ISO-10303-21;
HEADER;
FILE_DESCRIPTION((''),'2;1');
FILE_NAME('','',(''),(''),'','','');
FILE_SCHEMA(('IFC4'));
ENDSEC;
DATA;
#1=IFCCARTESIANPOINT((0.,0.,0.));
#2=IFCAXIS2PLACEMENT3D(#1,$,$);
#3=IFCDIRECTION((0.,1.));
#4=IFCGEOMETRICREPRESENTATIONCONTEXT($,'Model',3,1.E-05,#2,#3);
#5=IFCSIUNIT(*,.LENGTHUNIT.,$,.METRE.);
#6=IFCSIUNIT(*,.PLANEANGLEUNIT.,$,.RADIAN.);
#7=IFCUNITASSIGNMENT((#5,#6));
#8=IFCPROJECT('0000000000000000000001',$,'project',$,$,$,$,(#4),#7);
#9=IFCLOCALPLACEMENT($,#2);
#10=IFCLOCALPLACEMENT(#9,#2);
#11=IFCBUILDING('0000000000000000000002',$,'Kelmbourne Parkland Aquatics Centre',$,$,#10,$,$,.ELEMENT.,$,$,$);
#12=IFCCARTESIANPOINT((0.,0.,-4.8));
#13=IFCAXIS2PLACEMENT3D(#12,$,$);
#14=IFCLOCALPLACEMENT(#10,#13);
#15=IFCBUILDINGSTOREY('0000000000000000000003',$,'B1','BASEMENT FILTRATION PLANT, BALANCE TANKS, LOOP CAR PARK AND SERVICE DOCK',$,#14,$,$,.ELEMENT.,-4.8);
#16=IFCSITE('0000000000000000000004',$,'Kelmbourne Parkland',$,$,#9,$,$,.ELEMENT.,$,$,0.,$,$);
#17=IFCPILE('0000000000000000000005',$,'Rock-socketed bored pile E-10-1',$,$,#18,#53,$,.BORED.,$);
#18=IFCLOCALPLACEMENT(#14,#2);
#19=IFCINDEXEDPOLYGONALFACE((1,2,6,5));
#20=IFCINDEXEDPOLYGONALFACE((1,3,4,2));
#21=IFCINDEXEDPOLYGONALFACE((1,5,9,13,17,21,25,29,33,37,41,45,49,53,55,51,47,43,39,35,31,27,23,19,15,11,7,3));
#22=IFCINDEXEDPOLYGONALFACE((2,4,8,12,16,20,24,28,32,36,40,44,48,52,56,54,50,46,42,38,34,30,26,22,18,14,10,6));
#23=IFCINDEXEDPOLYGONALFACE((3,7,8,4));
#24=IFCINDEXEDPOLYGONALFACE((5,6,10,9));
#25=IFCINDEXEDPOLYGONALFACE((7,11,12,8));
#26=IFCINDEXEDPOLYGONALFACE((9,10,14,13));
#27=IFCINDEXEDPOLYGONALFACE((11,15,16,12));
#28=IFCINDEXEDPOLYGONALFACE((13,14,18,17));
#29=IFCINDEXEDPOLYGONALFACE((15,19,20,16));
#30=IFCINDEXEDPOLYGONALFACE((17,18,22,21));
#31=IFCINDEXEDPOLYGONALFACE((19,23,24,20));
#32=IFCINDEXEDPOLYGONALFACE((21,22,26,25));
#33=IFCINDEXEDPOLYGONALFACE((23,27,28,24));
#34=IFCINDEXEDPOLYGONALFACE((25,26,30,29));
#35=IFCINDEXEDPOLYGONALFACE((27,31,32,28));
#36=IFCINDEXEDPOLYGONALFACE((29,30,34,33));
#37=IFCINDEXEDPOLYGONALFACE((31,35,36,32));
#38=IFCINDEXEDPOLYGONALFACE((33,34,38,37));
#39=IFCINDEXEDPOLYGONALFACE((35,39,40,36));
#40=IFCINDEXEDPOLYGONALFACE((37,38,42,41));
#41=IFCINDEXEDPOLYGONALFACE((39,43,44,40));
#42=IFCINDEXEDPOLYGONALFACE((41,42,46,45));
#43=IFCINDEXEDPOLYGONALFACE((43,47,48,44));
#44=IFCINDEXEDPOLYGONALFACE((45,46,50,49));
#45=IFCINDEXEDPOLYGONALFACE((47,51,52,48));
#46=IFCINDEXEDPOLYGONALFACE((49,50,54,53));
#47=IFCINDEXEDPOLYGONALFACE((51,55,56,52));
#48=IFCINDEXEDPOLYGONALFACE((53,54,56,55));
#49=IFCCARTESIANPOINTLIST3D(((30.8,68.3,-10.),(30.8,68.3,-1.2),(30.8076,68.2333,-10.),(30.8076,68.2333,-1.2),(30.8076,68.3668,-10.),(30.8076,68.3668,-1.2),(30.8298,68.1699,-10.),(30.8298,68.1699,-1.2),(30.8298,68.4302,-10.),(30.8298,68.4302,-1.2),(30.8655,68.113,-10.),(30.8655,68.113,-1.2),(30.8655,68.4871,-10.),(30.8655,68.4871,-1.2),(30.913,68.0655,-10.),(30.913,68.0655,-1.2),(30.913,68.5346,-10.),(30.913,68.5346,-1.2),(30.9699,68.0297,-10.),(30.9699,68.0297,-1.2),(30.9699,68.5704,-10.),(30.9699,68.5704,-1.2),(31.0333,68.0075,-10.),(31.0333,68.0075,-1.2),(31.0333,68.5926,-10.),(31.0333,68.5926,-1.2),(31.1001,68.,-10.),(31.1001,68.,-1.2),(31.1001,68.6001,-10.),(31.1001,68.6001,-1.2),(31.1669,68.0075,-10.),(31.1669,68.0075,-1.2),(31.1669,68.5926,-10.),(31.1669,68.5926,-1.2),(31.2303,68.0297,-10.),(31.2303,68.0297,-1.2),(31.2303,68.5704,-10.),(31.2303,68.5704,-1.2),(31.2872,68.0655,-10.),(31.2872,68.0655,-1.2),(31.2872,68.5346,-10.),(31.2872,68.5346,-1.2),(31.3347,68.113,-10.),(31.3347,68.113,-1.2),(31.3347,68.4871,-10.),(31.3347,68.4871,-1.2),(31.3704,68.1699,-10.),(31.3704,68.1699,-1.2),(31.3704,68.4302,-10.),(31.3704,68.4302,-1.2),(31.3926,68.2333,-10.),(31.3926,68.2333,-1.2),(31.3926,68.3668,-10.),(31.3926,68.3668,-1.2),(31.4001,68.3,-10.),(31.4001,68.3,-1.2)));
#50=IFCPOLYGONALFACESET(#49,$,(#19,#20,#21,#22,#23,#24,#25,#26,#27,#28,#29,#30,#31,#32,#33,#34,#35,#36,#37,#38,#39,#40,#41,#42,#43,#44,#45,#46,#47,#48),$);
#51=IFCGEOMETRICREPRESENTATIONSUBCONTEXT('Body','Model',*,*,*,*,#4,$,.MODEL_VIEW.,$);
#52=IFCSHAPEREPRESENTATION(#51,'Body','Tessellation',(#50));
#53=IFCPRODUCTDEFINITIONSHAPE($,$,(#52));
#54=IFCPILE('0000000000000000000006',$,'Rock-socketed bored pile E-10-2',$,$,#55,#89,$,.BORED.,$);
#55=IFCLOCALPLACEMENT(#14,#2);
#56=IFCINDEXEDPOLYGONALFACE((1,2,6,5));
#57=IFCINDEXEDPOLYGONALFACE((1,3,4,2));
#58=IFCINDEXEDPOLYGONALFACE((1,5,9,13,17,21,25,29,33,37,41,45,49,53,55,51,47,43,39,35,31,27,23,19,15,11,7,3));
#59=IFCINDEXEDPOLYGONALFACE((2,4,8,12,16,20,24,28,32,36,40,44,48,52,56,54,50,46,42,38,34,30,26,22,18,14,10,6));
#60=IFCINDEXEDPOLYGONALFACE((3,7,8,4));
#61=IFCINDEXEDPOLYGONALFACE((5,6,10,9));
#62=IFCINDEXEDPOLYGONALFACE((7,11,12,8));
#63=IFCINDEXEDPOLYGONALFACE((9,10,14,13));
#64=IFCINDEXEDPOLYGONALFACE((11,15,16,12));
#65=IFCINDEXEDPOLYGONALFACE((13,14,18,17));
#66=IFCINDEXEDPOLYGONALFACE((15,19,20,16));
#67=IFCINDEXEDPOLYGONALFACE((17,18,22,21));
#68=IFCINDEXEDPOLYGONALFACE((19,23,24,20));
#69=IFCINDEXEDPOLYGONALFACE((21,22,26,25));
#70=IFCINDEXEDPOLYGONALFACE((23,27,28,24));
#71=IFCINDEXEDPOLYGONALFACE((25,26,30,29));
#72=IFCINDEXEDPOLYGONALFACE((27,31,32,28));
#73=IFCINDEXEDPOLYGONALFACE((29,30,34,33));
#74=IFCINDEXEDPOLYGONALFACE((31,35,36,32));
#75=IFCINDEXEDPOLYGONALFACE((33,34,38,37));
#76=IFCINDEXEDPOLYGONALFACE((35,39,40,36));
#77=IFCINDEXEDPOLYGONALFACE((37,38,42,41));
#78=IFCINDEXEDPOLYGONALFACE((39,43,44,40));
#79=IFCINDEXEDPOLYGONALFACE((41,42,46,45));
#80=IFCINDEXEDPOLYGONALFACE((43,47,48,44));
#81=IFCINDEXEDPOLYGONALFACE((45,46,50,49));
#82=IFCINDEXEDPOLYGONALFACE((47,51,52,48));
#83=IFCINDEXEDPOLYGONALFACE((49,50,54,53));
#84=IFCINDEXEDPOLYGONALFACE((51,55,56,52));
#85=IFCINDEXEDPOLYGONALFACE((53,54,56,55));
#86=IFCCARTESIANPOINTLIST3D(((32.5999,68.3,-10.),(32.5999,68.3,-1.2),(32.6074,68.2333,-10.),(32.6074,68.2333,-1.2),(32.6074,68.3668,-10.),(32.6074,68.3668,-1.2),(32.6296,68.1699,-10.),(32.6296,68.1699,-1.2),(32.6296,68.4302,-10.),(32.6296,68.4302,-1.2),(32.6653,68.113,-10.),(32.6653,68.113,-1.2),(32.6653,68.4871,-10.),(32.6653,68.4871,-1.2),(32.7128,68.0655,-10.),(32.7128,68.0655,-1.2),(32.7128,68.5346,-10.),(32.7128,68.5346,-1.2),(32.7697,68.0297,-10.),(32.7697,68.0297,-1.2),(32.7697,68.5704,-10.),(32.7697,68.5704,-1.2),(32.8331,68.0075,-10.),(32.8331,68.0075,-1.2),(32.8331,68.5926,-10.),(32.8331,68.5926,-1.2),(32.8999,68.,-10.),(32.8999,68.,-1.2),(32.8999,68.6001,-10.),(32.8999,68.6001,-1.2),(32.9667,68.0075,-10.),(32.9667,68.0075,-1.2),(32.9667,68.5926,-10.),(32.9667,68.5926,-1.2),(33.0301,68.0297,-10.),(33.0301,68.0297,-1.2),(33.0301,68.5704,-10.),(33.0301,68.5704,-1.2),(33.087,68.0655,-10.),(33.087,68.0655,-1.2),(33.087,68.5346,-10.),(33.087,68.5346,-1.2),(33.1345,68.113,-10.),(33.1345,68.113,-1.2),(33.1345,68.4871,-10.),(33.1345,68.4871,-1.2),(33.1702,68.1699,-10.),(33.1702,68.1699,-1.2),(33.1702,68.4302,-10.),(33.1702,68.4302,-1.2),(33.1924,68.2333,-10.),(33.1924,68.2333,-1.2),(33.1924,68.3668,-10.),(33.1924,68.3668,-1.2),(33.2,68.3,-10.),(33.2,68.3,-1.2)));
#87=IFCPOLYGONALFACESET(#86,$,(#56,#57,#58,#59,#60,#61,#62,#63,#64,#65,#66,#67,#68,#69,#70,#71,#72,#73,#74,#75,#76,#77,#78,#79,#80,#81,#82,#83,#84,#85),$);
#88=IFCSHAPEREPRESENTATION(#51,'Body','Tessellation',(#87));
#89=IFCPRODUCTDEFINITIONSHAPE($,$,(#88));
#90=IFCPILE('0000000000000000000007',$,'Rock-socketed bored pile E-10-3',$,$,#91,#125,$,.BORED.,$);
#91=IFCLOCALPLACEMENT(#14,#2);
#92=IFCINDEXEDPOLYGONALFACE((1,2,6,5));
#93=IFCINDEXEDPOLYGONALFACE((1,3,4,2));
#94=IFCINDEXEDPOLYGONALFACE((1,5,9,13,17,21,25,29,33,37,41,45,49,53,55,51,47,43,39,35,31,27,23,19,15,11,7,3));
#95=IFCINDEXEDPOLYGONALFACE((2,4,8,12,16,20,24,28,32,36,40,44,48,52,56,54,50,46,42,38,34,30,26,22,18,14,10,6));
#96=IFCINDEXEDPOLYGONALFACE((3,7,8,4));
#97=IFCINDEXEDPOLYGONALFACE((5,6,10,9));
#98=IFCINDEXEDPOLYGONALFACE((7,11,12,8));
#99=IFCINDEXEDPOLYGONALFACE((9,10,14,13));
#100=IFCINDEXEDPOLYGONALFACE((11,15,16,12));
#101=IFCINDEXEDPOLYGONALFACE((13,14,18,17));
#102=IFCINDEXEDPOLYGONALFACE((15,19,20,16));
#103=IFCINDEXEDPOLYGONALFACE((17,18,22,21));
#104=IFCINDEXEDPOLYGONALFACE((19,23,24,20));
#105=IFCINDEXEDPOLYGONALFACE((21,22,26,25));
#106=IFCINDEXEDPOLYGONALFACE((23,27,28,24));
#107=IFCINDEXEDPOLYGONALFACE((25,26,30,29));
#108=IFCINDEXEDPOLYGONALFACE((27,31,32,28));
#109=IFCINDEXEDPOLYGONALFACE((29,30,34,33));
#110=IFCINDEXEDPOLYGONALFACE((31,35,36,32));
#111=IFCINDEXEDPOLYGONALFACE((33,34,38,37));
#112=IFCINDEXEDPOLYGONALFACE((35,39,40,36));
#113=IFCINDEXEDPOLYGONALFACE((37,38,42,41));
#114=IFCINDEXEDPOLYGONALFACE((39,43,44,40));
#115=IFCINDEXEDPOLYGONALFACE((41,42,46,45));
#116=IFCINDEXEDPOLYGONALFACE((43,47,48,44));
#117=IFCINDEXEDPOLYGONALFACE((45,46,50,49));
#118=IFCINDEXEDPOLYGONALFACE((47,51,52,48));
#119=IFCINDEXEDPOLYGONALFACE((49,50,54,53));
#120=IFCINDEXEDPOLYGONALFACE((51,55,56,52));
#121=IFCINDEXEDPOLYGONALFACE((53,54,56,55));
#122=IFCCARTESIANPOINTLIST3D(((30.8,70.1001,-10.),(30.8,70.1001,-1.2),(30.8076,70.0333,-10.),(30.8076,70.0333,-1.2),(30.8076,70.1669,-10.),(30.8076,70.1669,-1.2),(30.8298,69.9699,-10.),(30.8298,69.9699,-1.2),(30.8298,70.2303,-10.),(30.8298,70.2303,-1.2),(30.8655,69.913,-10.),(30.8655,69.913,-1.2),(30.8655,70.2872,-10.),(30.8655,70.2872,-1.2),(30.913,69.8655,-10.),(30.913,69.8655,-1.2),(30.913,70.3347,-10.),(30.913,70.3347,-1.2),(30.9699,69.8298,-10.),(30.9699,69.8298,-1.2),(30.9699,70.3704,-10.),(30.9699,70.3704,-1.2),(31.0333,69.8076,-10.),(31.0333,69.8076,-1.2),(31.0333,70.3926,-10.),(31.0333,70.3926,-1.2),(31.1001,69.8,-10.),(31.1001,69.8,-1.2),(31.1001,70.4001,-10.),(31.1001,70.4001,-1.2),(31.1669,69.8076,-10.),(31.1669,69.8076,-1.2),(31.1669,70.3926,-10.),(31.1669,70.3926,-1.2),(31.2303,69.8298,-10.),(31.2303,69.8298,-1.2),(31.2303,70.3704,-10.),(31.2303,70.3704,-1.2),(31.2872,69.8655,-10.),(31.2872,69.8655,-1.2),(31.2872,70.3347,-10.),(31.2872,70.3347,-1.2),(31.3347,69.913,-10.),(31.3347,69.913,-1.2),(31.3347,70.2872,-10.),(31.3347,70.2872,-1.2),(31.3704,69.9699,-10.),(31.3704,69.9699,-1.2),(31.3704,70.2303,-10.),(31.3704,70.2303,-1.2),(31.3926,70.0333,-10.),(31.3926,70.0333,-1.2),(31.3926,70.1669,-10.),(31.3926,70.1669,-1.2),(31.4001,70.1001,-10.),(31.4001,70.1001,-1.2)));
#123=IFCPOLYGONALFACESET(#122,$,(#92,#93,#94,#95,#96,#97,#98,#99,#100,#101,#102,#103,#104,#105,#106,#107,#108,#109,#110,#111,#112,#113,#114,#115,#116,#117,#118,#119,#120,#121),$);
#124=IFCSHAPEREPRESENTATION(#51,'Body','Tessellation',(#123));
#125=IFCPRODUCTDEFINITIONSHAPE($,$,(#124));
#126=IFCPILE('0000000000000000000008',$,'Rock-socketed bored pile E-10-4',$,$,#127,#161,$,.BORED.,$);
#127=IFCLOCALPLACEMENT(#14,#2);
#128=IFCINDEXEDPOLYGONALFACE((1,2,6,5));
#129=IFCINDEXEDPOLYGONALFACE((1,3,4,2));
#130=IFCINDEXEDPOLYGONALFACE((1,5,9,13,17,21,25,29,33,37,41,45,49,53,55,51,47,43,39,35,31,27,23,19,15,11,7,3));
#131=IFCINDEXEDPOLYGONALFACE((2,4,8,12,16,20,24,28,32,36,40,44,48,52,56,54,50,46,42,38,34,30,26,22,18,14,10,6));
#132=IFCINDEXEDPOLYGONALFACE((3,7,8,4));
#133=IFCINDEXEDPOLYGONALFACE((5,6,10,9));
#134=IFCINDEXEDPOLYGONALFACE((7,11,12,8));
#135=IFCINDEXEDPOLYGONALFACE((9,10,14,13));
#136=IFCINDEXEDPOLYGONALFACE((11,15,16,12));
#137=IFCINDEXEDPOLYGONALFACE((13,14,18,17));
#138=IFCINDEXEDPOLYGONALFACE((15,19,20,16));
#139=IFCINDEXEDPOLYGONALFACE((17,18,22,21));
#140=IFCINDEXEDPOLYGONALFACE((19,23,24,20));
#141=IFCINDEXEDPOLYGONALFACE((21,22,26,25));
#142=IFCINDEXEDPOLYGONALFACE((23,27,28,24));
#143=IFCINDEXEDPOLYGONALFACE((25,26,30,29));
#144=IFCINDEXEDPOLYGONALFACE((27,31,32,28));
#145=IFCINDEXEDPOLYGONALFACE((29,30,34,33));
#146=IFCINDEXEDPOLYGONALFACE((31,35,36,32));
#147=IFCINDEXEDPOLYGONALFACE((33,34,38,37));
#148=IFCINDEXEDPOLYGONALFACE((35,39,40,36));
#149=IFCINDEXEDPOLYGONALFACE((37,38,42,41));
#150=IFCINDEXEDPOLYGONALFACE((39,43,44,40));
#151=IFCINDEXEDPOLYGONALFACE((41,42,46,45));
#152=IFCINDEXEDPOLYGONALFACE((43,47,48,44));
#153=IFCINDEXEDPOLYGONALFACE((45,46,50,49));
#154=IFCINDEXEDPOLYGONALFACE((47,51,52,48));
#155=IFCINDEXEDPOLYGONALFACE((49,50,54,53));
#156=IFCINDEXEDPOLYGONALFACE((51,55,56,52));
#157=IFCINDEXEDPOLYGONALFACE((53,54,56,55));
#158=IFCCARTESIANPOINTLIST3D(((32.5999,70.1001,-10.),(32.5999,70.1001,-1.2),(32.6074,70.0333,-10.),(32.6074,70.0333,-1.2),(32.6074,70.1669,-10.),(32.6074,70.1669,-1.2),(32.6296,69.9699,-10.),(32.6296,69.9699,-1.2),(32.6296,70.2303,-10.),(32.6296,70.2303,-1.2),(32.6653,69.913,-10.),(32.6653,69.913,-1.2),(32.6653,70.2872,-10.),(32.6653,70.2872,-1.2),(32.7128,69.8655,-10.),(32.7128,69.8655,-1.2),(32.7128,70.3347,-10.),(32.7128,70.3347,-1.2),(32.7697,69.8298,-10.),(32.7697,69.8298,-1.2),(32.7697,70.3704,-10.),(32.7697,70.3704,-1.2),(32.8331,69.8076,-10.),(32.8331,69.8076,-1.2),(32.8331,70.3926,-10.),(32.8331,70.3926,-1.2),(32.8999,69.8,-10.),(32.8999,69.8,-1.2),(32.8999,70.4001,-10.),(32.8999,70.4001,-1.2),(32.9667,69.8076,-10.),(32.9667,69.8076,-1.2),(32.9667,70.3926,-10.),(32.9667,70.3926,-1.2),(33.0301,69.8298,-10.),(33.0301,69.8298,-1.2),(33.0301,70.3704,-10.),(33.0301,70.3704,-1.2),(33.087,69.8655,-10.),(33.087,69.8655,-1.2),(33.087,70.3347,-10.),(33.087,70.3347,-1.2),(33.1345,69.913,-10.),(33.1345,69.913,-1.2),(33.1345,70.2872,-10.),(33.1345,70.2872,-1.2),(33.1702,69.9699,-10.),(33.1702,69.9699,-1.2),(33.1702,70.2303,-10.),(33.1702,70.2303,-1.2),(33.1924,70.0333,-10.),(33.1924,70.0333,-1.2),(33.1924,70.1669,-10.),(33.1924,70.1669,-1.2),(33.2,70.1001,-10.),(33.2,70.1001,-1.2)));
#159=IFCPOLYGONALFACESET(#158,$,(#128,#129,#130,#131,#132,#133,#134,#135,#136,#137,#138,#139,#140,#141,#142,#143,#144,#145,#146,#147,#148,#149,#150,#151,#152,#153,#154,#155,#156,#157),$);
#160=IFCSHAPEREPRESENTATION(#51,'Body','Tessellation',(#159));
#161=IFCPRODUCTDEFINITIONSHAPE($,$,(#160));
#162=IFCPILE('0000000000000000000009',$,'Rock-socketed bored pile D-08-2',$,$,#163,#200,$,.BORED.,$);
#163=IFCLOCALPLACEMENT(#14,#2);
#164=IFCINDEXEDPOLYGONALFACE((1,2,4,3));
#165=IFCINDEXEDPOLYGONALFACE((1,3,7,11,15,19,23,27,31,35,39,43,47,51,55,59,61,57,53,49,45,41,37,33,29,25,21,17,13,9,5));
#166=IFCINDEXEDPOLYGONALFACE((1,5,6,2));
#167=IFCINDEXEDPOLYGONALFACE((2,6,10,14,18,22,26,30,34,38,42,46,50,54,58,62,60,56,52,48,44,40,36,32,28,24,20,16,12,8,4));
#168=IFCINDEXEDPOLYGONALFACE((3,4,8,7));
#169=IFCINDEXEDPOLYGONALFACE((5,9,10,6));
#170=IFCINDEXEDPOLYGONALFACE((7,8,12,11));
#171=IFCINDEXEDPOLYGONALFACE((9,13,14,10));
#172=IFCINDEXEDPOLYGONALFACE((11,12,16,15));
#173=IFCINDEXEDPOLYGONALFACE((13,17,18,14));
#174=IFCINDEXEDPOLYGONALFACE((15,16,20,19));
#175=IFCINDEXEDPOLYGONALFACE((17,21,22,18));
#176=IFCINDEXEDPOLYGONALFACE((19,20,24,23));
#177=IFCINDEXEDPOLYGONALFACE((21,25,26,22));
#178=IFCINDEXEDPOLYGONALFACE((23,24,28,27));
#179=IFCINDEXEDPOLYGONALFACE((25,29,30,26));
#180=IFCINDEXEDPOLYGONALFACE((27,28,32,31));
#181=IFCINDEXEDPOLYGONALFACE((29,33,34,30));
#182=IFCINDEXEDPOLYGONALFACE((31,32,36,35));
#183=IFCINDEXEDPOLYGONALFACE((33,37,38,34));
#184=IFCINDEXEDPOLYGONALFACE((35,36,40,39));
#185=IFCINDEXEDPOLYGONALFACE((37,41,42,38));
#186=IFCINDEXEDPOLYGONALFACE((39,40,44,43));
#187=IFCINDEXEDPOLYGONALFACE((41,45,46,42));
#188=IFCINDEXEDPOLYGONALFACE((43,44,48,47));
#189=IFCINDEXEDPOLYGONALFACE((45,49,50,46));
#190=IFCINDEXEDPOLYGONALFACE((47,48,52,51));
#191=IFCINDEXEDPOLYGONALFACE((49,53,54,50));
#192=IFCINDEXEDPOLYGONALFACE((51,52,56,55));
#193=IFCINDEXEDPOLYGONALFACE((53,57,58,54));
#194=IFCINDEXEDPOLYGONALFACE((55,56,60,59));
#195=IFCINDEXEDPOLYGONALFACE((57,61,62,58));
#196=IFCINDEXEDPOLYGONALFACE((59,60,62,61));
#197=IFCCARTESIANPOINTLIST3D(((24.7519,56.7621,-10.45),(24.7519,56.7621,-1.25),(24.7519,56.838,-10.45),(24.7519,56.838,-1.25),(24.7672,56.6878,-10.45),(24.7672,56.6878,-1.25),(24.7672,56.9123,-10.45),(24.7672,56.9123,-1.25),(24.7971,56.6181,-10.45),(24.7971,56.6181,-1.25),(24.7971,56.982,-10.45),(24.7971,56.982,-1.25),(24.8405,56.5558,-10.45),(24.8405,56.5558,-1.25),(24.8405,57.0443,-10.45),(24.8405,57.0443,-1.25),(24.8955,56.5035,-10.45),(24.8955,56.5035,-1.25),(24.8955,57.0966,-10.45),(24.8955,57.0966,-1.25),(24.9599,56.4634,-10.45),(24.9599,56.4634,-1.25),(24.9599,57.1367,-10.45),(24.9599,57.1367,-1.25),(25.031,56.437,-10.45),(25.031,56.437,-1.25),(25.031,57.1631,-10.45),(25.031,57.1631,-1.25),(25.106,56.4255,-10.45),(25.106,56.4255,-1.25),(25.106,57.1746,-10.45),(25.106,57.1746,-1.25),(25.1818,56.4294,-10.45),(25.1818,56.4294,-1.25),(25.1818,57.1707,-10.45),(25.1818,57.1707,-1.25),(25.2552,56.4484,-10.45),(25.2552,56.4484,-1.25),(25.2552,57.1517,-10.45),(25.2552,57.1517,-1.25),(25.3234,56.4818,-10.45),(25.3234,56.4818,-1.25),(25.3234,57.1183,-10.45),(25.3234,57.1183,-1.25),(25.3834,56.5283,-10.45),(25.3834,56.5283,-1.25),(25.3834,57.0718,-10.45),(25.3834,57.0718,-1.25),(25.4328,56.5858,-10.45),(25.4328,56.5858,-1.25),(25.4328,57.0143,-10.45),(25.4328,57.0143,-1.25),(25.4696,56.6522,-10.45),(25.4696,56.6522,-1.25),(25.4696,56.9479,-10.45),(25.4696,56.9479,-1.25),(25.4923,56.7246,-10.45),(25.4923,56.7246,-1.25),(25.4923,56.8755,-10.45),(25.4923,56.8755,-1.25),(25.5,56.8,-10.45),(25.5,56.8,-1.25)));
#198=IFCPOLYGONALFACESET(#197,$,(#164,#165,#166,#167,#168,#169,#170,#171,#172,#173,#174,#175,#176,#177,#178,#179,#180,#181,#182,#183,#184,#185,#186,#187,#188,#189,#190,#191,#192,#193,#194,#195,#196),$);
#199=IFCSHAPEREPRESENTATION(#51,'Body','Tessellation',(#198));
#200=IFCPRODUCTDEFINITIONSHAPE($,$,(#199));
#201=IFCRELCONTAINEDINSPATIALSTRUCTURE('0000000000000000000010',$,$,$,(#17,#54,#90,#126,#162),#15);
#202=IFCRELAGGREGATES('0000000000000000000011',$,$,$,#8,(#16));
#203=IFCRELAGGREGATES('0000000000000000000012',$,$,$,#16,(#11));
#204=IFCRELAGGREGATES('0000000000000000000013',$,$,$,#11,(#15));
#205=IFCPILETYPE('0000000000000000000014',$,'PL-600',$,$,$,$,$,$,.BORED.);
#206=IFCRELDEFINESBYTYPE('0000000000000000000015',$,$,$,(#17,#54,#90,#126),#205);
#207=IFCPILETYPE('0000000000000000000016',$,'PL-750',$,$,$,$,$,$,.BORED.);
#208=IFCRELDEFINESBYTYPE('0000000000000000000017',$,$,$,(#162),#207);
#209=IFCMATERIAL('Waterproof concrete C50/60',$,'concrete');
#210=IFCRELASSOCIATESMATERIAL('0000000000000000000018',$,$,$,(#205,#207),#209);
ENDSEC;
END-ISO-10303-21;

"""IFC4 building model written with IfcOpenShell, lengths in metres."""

from ifc_helpers import new_model, si_unit, direction, frame, origin, origin_2d, place, context, subcontext, project, spatial, circle, extrude, material, material_profile, profile_set, type_object, element, save


model = new_model("IFC4")

# Units and contexts
model_context = context("Model", 3, precision=1e-05, world=origin(), true_north=direction((0.0, 1.0)))
body_context = subcontext(model_context, "Body", "Model", "MODEL_VIEW")
ifc_project = project(units=[si_unit("LENGTHUNIT", "METRE"), si_unit("PLANEANGLEUNIT", "RADIAN")], contexts=[model_context])

# Site, building, storey
site_placement = place(None, origin())
site = spatial("IfcSite", under=ifc_project, at=site_placement, Name="Kelmbourne Parkland", CompositionType="ELEMENT", RefElevation=0.0)
building_placement = place(site_placement, origin())
building = spatial("IfcBuilding", under=site, at=building_placement, Name="Kelmbourne Parkland Aquatics Centre", CompositionType="ELEMENT")
storey_placement = place(building_placement, frame((0.0, 0.0, -4.8)))
storey = spatial("IfcBuildingStorey", under=building, at=storey_placement, Name="B1", Description="BASEMENT FILTRATION PLANT, BALANCE TANKS, LOOP CAR PARK AND SERVICE DOCK", CompositionType="ELEMENT", Elevation=-4.8)

# Shared definitions
ifc_material_1 = material(Name="Waterproof concrete C50/60", Category="concrete")

# Piles
ifc_material_profile_1 = material_profile(ifc_material_1, circle(Radius=0.3, at=origin_2d()), Name="PILE D600")
ifc_profile_set_1 = profile_set([ifc_material_profile_1], Name="Waterproof concrete C50/60")
pile_type_1 = type_object("IfcPileType", Name="PL-600", PredefinedType="BORED", material=ifc_profile_set_1)
for number, where, z_axis, x_axis, name in (
    (1, (31.1001, 68.3, -1.2), (0.0, 0.0, -1.0), (1.0, 0.0, 0.0), "Rock-socketed bored pile E-10-1"),
    (2, (32.8999, 68.3, -1.2), (0.0, 0.0, -1.0), (1.0, 0.0, 0.0), "Rock-socketed bored pile E-10-2"),
    (3, (31.1001, 70.1001, -1.2), (0.0, 0.0, -1.0), (1.0, 0.0, 0.0), "Rock-socketed bored pile E-10-3"),
    (4, (32.8999, 70.1001, -1.2), (0.0, 0.0, -1.0), (1.0, 0.0, 0.0), "Rock-socketed bored pile E-10-4"),
):
    element("IfcPile", number, at=place(storey_placement, frame(where, z_axis=z_axis, x_axis=x_axis)), inside=storey, type_object=pile_type_1, Name=name, PredefinedType="BORED", context=body_context, shape_type="SweptSolid", body=[
        extrude(circle(Radius=0.3, at=origin_2d()), origin(), (0.0, 0.0, 1.0), 8.8),
    ])
ifc_material_profile_2 = material_profile(ifc_material_1, circle(Radius=0.375, at=origin_2d()), Name="PILE D750")
ifc_profile_set_2 = profile_set([ifc_material_profile_2], Name="Waterproof concrete C50/60")
pile_type_2 = type_object("IfcPileType", Name="PL-750", PredefinedType="BORED", material=ifc_profile_set_2)
for number, where, z_axis, x_axis, name in (
    (5, (25.125, 56.8, -1.25), (0.0, 0.0, -1.0), (1.0, 0.0, 0.0), "Rock-socketed bored pile D-08-2"),
):
    element("IfcPile", number, at=place(storey_placement, frame(where, z_axis=z_axis, x_axis=x_axis)), inside=storey, type_object=pile_type_2, Name=name, PredefinedType="BORED", context=body_context, shape_type="SweptSolid", body=[
        extrude(circle(Radius=0.375, at=origin_2d()), origin(), (0.0, 0.0, 1.0), 9.2),
    ])

save(model, "model.ifc")
